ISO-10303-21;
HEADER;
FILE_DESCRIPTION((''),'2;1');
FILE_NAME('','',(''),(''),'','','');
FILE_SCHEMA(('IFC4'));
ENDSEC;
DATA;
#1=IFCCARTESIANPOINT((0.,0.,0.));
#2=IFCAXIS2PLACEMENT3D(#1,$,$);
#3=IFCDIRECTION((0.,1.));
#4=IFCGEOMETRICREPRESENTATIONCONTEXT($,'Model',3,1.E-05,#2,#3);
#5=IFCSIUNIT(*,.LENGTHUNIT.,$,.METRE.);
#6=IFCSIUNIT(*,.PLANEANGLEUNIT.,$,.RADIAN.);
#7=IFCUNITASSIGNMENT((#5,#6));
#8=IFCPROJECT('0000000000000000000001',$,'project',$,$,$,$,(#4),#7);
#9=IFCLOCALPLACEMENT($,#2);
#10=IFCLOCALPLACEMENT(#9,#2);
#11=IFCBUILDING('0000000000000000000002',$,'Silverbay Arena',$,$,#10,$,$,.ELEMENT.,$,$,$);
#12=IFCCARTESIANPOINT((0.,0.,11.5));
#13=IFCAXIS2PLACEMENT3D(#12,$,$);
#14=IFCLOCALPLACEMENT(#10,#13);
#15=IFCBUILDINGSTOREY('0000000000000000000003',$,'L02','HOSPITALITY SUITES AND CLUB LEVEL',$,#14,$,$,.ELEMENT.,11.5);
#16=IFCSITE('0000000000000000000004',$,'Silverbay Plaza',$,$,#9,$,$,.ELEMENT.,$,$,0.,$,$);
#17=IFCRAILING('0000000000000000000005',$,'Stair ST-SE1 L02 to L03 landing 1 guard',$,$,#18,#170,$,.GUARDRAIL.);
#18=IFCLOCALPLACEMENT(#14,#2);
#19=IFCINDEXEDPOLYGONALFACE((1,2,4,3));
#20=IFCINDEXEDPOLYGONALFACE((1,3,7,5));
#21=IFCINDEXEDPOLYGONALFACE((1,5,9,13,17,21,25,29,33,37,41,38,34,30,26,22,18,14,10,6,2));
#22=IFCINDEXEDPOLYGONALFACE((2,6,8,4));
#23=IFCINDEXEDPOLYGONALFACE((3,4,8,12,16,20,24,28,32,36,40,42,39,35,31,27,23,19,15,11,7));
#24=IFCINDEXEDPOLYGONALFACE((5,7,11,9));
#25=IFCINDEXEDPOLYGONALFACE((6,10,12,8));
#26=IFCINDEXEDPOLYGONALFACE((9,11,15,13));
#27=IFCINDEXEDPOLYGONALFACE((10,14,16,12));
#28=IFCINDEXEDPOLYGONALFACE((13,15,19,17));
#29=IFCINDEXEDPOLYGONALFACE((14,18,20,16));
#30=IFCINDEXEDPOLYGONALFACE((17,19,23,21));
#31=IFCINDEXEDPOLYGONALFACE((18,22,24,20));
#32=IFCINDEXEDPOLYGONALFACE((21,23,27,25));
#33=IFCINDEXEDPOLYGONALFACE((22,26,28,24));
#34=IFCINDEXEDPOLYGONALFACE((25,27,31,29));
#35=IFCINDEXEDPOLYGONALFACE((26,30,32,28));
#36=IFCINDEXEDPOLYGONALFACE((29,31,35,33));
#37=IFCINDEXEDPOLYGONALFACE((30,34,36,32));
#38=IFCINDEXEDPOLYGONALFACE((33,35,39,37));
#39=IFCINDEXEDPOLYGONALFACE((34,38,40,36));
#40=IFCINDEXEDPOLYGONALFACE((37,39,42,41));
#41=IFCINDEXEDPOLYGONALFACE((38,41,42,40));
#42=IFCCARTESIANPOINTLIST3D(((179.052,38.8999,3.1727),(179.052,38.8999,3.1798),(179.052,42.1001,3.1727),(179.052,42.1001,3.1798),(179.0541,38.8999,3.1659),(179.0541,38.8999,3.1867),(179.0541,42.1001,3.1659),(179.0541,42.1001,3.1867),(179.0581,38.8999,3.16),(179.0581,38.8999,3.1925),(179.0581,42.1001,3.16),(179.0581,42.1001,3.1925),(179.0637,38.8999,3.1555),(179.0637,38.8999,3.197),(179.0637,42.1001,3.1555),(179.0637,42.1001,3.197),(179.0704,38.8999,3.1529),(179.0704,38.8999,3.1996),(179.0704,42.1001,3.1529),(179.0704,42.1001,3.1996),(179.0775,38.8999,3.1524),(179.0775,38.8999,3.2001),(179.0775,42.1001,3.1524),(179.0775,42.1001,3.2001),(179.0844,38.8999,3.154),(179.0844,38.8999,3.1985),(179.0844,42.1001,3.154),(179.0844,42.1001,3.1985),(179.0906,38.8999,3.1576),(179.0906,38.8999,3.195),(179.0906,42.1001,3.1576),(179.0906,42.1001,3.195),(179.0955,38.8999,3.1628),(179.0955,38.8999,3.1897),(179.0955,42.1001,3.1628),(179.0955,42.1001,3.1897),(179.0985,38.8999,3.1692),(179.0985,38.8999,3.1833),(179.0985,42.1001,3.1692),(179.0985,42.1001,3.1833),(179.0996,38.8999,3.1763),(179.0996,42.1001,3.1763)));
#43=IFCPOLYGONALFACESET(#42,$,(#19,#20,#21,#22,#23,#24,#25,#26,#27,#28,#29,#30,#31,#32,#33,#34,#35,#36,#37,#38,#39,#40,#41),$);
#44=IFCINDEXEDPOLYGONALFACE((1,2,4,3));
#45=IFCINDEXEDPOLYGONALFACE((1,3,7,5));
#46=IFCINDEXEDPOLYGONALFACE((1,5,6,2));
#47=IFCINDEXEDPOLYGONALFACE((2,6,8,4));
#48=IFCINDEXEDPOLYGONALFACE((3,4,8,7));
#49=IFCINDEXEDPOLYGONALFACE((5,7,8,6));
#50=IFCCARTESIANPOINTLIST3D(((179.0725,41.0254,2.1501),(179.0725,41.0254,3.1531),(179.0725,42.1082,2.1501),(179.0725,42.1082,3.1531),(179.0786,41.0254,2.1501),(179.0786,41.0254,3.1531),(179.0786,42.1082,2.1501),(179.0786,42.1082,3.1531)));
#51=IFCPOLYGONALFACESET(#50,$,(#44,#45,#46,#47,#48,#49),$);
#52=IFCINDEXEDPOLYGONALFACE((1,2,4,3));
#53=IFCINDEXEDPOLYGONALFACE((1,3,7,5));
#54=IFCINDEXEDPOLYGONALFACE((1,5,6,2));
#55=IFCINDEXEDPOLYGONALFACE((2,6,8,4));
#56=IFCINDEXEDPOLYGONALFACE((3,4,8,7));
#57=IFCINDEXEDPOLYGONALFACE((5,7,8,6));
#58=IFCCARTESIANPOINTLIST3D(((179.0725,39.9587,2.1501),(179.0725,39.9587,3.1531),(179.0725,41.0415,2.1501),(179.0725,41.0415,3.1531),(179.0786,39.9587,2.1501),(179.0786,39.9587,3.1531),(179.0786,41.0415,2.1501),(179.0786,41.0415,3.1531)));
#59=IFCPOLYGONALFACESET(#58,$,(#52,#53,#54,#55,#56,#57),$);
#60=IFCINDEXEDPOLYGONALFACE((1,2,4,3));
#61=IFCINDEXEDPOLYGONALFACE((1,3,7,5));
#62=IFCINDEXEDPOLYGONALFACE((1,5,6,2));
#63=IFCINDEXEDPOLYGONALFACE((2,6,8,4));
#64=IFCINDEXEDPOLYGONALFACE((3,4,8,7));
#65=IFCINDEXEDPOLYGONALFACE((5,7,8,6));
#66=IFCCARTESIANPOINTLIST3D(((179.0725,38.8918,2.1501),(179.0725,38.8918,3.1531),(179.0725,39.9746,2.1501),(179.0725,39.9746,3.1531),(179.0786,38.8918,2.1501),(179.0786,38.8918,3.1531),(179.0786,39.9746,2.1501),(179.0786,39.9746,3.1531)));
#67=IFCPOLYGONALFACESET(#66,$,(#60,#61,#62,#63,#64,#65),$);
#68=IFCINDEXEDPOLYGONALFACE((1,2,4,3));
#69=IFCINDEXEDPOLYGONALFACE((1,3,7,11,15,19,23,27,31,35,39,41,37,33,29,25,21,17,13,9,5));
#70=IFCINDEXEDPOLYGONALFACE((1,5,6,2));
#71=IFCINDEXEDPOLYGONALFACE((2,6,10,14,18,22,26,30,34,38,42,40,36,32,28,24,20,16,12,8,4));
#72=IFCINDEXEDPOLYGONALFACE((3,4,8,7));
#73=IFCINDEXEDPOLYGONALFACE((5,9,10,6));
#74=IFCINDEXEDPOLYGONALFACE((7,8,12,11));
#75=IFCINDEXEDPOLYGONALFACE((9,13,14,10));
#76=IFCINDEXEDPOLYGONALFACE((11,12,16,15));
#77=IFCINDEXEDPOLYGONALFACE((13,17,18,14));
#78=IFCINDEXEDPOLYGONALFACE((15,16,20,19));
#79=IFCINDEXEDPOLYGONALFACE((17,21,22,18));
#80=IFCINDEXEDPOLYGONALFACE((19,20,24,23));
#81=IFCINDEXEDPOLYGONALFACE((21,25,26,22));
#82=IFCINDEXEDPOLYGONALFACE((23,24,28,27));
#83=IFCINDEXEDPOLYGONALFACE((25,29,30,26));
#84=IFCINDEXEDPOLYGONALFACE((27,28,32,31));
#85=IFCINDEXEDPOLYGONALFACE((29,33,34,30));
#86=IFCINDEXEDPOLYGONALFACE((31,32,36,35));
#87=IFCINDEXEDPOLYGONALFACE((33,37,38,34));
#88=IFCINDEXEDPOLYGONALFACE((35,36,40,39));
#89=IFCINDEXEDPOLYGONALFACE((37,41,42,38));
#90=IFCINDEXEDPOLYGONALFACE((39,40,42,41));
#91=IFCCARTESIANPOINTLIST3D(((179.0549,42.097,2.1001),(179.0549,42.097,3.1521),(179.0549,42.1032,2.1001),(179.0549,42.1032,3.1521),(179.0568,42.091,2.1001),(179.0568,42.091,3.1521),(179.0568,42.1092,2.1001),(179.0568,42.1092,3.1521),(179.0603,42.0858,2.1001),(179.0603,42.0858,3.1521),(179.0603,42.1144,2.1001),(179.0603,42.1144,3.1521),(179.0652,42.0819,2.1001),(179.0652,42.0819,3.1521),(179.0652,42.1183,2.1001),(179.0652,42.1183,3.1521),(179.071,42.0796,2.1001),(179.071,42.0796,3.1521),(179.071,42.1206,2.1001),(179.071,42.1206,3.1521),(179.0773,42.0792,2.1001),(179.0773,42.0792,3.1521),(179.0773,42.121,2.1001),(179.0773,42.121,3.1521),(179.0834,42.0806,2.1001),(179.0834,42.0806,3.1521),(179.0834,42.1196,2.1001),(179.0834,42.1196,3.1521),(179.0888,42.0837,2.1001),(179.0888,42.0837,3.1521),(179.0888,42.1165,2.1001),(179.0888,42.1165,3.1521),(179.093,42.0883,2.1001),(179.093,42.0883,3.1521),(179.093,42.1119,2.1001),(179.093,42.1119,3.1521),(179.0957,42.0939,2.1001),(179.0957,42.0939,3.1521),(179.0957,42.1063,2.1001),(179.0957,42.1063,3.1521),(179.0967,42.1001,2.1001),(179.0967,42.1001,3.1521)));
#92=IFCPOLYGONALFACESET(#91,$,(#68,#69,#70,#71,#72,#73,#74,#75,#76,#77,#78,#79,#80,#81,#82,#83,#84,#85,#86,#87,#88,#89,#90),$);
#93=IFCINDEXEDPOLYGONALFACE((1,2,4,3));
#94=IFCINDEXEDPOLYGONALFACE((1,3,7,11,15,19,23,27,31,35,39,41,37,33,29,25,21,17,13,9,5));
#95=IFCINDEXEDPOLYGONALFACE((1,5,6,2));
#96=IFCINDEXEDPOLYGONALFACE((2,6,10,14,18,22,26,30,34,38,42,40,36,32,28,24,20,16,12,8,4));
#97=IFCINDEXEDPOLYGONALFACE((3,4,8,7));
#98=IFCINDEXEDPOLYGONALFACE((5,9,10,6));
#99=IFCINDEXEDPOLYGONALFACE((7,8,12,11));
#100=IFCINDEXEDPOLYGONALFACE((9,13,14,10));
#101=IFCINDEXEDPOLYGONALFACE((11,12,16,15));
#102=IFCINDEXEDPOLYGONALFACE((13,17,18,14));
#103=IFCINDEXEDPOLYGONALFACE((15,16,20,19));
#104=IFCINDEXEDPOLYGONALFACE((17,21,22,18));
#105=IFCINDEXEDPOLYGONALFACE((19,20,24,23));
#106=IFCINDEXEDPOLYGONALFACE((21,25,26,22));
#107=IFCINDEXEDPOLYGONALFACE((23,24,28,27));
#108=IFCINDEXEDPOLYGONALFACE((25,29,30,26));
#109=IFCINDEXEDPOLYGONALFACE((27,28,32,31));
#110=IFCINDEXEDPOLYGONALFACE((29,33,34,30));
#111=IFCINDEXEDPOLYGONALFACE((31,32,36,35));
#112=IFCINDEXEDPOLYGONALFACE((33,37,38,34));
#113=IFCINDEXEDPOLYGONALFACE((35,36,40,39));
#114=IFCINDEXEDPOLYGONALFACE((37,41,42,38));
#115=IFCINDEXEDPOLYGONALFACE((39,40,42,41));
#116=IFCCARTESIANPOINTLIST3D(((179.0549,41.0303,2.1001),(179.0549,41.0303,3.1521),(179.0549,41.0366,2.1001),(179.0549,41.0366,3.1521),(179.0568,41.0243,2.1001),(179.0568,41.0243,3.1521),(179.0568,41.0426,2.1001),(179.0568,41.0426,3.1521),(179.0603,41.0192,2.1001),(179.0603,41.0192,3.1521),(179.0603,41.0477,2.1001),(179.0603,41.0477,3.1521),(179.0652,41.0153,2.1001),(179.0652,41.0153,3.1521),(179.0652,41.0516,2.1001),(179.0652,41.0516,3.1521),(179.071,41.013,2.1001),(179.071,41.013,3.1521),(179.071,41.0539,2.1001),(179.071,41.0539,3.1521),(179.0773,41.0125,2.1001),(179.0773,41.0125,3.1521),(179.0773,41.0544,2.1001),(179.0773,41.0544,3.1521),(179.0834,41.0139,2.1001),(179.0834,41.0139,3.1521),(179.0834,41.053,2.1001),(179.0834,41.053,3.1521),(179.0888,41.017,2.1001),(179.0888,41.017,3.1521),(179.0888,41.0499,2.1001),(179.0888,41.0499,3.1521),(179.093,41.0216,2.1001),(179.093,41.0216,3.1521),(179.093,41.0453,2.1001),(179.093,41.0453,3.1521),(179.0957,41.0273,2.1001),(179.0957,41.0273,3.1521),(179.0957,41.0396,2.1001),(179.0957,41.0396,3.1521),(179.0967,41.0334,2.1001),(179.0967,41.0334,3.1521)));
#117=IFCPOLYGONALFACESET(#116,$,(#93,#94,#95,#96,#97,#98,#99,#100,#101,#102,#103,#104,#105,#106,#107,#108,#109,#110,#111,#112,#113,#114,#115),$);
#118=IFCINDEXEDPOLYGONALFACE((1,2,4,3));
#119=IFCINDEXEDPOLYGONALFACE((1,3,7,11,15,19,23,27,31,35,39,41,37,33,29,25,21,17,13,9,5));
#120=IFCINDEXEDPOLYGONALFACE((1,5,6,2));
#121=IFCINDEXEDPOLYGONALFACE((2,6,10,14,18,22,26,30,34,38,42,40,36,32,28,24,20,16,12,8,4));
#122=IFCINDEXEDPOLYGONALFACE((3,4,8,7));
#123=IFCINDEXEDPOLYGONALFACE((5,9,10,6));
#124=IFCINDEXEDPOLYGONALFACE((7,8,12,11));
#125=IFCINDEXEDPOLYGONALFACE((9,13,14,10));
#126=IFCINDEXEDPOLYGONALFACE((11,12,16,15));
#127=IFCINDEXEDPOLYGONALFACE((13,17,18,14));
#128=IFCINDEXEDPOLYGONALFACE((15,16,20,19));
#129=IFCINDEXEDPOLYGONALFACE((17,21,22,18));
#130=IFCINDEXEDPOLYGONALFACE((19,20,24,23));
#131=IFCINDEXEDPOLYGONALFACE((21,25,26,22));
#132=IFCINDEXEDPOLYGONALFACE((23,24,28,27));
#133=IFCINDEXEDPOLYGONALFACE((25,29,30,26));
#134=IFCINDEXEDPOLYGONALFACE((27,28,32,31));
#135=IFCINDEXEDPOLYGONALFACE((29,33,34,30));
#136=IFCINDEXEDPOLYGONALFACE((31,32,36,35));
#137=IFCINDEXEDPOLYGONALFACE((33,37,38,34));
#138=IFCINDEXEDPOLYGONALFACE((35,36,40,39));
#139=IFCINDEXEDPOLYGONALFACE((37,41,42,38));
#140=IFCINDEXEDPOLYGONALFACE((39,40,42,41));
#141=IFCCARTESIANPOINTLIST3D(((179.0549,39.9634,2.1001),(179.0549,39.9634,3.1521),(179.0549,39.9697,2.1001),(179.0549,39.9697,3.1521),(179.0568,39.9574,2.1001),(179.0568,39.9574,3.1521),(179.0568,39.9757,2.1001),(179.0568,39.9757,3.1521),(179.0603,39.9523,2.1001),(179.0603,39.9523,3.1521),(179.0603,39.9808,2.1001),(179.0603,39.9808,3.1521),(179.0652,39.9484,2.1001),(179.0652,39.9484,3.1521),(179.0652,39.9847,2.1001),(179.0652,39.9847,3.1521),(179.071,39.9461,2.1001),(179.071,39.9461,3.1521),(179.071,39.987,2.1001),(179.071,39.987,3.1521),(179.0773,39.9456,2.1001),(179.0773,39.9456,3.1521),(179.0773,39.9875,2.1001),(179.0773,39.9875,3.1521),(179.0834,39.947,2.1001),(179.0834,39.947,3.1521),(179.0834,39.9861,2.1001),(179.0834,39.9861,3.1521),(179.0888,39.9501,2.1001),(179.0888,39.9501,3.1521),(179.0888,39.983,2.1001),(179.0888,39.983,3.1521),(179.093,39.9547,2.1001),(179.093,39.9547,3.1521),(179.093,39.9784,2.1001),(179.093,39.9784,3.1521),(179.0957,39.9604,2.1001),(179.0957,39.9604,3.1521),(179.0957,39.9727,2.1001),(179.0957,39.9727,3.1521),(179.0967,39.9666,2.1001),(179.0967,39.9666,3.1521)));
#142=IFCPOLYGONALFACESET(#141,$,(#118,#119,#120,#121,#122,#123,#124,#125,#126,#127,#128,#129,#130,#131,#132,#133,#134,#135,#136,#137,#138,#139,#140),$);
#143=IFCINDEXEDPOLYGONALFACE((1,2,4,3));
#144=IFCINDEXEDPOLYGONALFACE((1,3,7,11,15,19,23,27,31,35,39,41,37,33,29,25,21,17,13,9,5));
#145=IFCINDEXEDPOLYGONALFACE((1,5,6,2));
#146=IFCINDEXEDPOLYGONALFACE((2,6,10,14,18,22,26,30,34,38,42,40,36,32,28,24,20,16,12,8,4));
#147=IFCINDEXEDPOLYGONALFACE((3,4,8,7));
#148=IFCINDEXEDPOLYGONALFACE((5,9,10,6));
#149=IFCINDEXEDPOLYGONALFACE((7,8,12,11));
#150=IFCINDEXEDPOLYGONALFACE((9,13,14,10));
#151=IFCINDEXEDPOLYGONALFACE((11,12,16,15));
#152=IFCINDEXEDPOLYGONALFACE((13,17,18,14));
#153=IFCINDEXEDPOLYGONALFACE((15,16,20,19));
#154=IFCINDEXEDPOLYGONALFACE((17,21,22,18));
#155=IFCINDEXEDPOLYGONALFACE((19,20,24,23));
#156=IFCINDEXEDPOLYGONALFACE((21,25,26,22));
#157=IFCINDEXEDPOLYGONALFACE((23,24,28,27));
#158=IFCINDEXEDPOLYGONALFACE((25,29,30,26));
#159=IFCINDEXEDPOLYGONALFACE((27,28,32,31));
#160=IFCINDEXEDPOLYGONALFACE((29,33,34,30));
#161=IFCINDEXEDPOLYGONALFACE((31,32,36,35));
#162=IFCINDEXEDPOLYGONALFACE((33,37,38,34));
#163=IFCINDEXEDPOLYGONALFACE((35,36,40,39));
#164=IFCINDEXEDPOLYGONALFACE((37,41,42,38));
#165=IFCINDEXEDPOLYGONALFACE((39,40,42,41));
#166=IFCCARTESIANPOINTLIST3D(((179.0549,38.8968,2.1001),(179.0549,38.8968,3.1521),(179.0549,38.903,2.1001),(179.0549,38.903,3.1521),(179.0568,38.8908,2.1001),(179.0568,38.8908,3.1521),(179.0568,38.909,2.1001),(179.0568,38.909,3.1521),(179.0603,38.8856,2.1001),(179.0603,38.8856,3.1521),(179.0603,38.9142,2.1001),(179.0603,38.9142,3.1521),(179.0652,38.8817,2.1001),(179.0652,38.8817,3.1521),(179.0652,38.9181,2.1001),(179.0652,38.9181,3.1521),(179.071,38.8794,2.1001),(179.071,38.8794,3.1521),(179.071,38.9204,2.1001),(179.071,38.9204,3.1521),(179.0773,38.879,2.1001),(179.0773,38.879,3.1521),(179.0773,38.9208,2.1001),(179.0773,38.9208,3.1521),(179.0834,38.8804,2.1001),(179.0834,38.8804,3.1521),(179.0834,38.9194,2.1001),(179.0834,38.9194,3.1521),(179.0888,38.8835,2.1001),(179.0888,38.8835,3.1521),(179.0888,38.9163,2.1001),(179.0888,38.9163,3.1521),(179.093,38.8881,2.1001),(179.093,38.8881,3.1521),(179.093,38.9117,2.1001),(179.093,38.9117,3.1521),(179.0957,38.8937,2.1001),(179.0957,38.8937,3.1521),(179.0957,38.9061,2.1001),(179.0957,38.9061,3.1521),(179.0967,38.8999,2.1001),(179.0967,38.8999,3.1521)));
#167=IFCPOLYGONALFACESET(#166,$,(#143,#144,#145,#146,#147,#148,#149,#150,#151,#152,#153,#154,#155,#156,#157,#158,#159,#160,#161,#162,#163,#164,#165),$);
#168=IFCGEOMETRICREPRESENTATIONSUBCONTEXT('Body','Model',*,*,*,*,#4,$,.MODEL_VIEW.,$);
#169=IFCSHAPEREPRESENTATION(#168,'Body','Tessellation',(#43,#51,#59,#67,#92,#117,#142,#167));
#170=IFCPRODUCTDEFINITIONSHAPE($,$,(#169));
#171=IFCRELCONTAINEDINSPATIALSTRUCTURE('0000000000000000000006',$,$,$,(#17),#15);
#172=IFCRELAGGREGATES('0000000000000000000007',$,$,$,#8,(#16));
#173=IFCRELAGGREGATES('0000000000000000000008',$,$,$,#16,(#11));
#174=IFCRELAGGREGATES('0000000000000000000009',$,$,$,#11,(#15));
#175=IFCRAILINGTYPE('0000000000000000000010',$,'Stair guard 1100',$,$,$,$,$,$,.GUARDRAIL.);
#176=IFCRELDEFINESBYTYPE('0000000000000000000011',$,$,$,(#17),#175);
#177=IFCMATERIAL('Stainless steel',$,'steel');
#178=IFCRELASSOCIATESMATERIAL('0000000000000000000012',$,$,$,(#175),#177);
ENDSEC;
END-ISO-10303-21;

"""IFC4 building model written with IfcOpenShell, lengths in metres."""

from ifc_helpers import new_model, si_unit, direction, frame, origin, origin_2d, place, context, subcontext, project, spatial, polyline, circle, outline, extrude, material, type_object, element, save


model = new_model("IFC4")

# Units and contexts
model_context = context("Model", 3, precision=1e-05, world=origin(), true_north=direction((0.0, 1.0)))
body_context = subcontext(model_context, "Body", "Model", "MODEL_VIEW")
ifc_project = project(units=[si_unit("LENGTHUNIT", "METRE"), si_unit("PLANEANGLEUNIT", "RADIAN")], contexts=[model_context])

# Site, building, storey
site_placement = place(None, origin())
site = spatial("IfcSite", under=ifc_project, at=site_placement, Name="Silverbay Plaza", CompositionType="ELEMENT", RefElevation=0.0)
building_placement = place(site_placement, origin())
building = spatial("IfcBuilding", under=site, at=building_placement, Name="Silverbay Arena", CompositionType="ELEMENT")
storey_placement = place(building_placement, frame((0.0, 0.0, 11.5)))
storey = spatial("IfcBuildingStorey", under=building, at=storey_placement, Name="L02", Description="HOSPITALITY SUITES AND CLUB LEVEL", CompositionType="ELEMENT", Elevation=11.5)

# Railing
ifc_material_1 = material(Name="Stainless steel", Category="steel")
railing_type_1 = type_object("IfcRailingType", Name="Stair guard 1100", PredefinedType="GUARDRAIL", material=ifc_material_1)
for number, where, name in (
    (1, (179.0757, 42.1001, 2.1001), "Stair ST-SE1 L02 to L03 landing 1 guard"),
):
    element("IfcRailing", number, at=place(storey_placement, frame(where)), inside=storey, type_object=railing_type_1, Name=name, PredefinedType="GUARDRAIL", context=body_context, shape_type="SweptSolid", body=[
        extrude(circle(Radius=0.0239, at=origin_2d()), frame((0.0, 0.0, 1.0762), z_axis=(0.0, -1.0, 0.0), x_axis=(1.0, 0.0, 0.0)), (0.0, 0.0, 1.0), 3.2002),
        extrude(outline(polyline([(-0.0081, 0.05), (1.0747, 0.05), (1.0747, 1.053), (-0.0081, 1.053), (-0.0081, 0.05)])), frame((0.0029, 0.0, 0.0), z_axis=(-1.0, 0.0, 0.0), x_axis=(0.0, -1.0, 0.0)), (0.0, 0.0, 1.0), 0.0061),
        extrude(outline(polyline([(-0.0081, 0.05), (1.0747, 0.05), (1.0747, 1.053), (-0.0081, 1.053), (-0.0081, 0.05)])), frame((0.0029, -1.0667, 0.0), z_axis=(-1.0, 0.0, 0.0), x_axis=(0.0, -1.0, 0.0)), (0.0, 0.0, 1.0), 0.0061),
        extrude(outline(polyline([(-0.0081, 0.05), (1.0747, 0.05), (1.0747, 1.053), (-0.0081, 1.053), (-0.0081, 0.05)])), frame((0.0029, -2.1335, 0.0), z_axis=(-1.0, 0.0, 0.0), x_axis=(0.0, -1.0, 0.0)), (0.0, 0.0, 1.0), 0.0061),
        extrude(circle(Radius=0.021, at=origin_2d()), origin(), (0.0, 0.0, 1.0), 1.052),
        extrude(circle(Radius=0.021, at=origin_2d()), frame((0.0, -1.0667, 0.0)), (0.0, 0.0, 1.0), 1.052),
        extrude(circle(Radius=0.021, at=origin_2d()), frame((0.0, -2.1335, 0.0)), (0.0, 0.0, 1.0), 1.052),
        extrude(circle(Radius=0.021, at=origin_2d()), frame((0.0, -3.2002, 0.0)), (0.0, 0.0, 1.0), 1.052),
    ])

save(model, "model.ifc")
